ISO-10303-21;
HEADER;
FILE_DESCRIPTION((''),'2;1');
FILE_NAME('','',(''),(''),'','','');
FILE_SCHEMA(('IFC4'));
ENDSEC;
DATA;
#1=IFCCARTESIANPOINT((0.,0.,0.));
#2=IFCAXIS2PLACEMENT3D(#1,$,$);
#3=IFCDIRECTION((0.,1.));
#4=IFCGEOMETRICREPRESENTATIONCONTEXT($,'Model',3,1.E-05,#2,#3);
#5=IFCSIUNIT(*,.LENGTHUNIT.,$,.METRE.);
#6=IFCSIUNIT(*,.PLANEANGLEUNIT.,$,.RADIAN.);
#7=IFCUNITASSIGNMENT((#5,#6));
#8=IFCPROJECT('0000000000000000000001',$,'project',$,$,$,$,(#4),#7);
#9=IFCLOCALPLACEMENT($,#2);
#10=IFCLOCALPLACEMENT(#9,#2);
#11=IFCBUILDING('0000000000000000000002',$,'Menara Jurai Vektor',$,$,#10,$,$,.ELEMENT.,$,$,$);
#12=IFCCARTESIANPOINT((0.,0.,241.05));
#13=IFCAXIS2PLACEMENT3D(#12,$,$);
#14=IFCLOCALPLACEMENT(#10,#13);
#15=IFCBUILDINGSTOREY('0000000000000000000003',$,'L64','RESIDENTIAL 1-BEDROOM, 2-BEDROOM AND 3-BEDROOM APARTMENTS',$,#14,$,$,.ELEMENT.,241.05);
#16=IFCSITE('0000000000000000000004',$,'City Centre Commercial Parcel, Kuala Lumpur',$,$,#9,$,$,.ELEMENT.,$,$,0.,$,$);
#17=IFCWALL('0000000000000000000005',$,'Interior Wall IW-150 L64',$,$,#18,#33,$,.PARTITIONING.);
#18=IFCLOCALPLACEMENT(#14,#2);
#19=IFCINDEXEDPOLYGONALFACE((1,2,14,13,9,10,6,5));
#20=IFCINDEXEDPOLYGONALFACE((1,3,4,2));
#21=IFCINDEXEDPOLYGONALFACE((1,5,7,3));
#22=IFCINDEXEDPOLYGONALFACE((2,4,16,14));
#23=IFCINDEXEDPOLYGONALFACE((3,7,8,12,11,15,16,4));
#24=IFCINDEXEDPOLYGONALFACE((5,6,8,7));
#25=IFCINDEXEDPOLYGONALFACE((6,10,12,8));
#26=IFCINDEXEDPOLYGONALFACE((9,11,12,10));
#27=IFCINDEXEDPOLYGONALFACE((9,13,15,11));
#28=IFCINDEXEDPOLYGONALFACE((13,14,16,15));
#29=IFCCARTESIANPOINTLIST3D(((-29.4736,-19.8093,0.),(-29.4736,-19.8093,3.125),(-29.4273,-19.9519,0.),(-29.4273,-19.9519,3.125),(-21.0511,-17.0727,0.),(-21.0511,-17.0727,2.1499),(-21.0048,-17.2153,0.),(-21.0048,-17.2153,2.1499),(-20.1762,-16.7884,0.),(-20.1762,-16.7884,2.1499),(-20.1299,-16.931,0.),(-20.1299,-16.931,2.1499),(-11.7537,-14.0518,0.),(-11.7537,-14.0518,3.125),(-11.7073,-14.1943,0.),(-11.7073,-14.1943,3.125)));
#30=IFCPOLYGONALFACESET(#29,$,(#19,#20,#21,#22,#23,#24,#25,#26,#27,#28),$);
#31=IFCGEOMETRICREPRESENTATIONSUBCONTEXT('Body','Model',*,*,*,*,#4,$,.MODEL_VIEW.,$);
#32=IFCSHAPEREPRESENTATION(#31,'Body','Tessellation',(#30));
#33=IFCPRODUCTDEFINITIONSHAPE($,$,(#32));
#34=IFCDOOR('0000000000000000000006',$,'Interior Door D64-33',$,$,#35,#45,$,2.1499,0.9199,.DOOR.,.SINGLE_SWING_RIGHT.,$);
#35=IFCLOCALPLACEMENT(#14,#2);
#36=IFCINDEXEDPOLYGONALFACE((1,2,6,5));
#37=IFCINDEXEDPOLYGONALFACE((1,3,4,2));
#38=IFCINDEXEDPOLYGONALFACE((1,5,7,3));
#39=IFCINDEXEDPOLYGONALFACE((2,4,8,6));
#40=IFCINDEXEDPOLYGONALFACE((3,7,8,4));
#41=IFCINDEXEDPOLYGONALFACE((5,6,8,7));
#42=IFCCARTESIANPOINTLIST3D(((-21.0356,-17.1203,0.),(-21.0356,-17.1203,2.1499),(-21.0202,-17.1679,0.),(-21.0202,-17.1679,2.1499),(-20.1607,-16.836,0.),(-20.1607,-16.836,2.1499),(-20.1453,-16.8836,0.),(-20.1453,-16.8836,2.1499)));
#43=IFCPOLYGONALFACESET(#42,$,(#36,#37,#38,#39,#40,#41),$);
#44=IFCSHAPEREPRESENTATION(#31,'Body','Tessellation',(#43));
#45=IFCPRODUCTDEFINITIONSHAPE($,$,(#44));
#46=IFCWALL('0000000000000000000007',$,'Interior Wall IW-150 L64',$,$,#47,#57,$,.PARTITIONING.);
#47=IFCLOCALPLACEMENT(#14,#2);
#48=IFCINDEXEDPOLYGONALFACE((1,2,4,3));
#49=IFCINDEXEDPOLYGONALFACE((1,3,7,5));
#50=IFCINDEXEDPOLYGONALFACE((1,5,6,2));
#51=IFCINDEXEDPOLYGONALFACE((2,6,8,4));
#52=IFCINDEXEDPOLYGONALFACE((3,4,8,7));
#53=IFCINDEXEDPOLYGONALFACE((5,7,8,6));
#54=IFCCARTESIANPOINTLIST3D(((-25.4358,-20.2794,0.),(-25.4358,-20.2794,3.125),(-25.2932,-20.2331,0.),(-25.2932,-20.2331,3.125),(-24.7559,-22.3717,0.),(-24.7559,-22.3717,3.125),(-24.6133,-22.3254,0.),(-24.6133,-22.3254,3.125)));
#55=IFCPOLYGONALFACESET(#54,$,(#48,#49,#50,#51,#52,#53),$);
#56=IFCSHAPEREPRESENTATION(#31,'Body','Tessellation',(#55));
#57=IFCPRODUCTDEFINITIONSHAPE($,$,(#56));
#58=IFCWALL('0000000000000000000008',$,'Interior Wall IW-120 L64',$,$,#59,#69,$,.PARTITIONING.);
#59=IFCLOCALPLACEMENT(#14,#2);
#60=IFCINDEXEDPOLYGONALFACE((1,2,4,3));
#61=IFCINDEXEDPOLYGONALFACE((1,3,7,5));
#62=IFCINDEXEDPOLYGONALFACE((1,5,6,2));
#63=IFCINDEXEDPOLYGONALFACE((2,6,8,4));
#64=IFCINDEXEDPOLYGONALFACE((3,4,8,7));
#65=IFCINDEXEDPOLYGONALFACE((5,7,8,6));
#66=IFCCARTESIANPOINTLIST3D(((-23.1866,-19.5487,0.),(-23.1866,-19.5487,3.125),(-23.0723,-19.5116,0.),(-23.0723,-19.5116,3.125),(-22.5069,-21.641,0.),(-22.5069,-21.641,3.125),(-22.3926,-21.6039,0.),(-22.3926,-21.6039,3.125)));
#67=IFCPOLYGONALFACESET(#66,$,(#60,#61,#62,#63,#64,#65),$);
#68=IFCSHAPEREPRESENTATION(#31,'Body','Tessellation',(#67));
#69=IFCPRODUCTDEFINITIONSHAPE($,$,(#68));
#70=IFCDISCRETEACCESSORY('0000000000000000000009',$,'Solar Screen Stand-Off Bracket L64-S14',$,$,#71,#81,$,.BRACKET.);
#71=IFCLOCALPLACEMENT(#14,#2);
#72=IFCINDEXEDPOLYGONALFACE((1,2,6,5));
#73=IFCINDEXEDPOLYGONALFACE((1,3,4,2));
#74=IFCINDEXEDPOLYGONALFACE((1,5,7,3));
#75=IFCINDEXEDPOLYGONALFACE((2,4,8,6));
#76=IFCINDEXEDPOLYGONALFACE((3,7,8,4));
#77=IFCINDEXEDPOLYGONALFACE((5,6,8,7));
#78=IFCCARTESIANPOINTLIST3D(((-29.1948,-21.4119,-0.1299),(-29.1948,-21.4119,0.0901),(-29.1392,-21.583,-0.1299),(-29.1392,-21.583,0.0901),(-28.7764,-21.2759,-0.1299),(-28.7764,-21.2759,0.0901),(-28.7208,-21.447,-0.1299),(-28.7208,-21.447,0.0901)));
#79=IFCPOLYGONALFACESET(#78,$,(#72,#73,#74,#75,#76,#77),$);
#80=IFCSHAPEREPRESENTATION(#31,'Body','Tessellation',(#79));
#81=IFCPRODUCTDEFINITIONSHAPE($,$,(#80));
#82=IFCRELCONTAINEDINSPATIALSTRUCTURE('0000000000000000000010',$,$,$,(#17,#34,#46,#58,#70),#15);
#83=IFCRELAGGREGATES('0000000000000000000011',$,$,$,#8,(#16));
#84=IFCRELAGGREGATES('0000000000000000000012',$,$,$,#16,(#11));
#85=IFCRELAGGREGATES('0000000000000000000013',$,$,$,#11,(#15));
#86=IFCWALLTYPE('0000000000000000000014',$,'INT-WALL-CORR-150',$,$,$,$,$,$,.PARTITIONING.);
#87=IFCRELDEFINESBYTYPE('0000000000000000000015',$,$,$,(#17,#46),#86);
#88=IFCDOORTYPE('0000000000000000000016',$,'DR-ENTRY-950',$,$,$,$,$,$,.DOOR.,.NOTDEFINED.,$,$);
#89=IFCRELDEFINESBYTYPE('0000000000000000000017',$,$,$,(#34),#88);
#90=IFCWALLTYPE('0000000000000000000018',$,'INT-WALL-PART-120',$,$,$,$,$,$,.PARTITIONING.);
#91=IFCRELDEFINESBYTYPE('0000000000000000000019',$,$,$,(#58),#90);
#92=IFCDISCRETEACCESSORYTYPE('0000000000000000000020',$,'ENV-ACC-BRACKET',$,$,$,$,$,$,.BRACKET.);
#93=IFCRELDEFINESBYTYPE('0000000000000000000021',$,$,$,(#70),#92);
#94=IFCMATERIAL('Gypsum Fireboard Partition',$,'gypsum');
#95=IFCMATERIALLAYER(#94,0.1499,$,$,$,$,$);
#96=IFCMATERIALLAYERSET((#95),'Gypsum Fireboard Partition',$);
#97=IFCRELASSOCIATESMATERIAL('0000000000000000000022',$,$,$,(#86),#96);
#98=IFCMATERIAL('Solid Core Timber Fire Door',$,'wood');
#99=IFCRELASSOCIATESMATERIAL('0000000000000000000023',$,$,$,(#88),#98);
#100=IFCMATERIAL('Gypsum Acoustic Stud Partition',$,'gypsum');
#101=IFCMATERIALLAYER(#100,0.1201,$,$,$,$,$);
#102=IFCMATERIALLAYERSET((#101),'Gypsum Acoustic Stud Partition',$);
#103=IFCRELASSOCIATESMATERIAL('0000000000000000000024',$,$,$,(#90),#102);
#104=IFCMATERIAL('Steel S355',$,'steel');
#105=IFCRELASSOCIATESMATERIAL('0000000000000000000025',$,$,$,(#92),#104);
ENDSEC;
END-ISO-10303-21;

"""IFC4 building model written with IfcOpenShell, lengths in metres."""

from ifc_helpers import new_model, si_unit, direction, frame, frame_2d, origin, origin_2d, place, context, subcontext, project, spatial, rectangle, extrude, material, layer, layer_set, type_object, element, fill, save


model = new_model("IFC4")

# Units and contexts
model_context = context("Model", 3, precision=1e-05, world=origin(), true_north=direction((0.0, 1.0)))
body_context = subcontext(model_context, "Body", "Model", "MODEL_VIEW")
ifc_project = project(units=[si_unit("LENGTHUNIT", "METRE"), si_unit("PLANEANGLEUNIT", "RADIAN")], contexts=[model_context])

# Site, building, storey
site_placement = place(None, origin())
site = spatial("IfcSite", under=ifc_project, at=site_placement, Name="City Centre Commercial Parcel, Kuala Lumpur", CompositionType="ELEMENT", RefElevation=0.0)
building_placement = place(site_placement, origin())
building = spatial("IfcBuilding", under=site, at=building_placement, Name="Menara Jurai Vektor", CompositionType="ELEMENT")
storey_placement = place(building_placement, frame((0.0, 0.0, 241.05)))
storey = spatial("IfcBuildingStorey", under=building, at=storey_placement, Name="L64", Description="RESIDENTIAL 1-BEDROOM, 2-BEDROOM AND 3-BEDROOM APARTMENTS", CompositionType="ELEMENT", Elevation=241.05)

# Shared definitions
ifc_material_1 = material(Name="Steel S355", Category="steel")

# Shared definitions
ifc_material_2 = material(Name="Gypsum Fireboard Partition", Category="gypsum")
ifc_layer_1 = layer(ifc_material_2, 0.1499)
ifc_layer_set_1 = layer_set([ifc_layer_1], Name="Gypsum Fireboard Partition")
wall_type_1 = type_object("IfcWallType", Name="INT-WALL-CORR-150", PredefinedType="PARTITIONING", material=ifc_layer_set_1)

# Wall, opening, door
wall_1_placement = place(storey_placement, frame((-29.4504, -19.8806, 0.0), z_axis=(0.0, 0.0, 1.0), x_axis=(0.951057, 0.309017, 0.0)))
wall_1 = element("IfcWall", 1, at=wall_1_placement, inside=storey, type_object=wall_type_1, Name="Interior Wall IW-150 L64", PredefinedType="PARTITIONING", context=body_context, shape_type="SweptSolid", body=[
    extrude(rectangle(XDim=18.6318, YDim=0.1499, at=frame_2d((9.3159, 0.0))), origin(), (0.0, 0.0, 1.0), 3.125),
])
opening_1_placement = place(wall_1_placement, frame((8.856, 0.0, 0.0)))
opening_1 = element("IfcOpeningElement", 2, at=opening_1_placement, cuts=wall_1, PredefinedType="OPENING", context=body_context, shape_type="SweptSolid", body=[
    extrude(rectangle(XDim=0.9199, YDim=2.1499, at=frame_2d((0.46, 1.075))), frame((0.0, 0.085, 0.0), z_axis=(0.0, -1.0, 0.0), x_axis=(1.0, 0.0, 0.0)), (0.0, 0.0, 1.0), 0.1699),
])
ifc_material_3 = material(Name="Solid Core Timber Fire Door", Category="wood")
door_type_1 = type_object("IfcDoorType", Name="DR-ENTRY-950", OperationType="NOTDEFINED", PredefinedType="DOOR", material=ifc_material_3)
door_1_placement = place(opening_1_placement, origin())
door_1 = element("IfcDoor", 3, at=door_1_placement, inside=storey, type_object=door_type_1, Name="Interior Door D64-33", OperationType="SINGLE_SWING_RIGHT", OverallHeight=2.1499, OverallWidth=0.9199, PredefinedType="DOOR", context=body_context, shape_type="SweptSolid", body=[
    extrude(rectangle(XDim=0.9199, YDim=2.1499, at=frame_2d((0.46, 1.075))), frame((0.0, 0.0249, 0.0), z_axis=(0.0, -1.0, 0.0), x_axis=(1.0, 0.0, 0.0)), (0.0, 0.0, 1.0), 0.05),
])
fill(opening_1, door_1)

# Wall
wall_2_placement = place(storey_placement, frame((-24.6846, -22.3486, 0.0), z_axis=(0.0, 0.0, 1.0), x_axis=(-0.309061, 0.951042, 0.0)))
element("IfcWall", 4, at=wall_2_placement, inside=storey, type_object=wall_type_1, Name="Interior Wall IW-150 L64", PredefinedType="PARTITIONING", context=body_context, shape_type="SweptSolid", body=[
    extrude(rectangle(XDim=2.2, YDim=0.1499, at=frame_2d((1.1001, 0.0))), origin(), (0.0, 0.0, 1.0), 3.125),
])

# Wall
ifc_material_4 = material(Name="Gypsum Acoustic Stud Partition", Category="gypsum")
ifc_layer_2 = layer(ifc_material_4, 0.1201)
ifc_layer_set_2 = layer_set([ifc_layer_2], Name="Gypsum Acoustic Stud Partition")
wall_type_2 = type_object("IfcWallType", Name="INT-WALL-PART-120", PredefinedType="PARTITIONING", material=ifc_layer_set_2)
wall_3_placement = place(storey_placement, frame((-22.4497, -21.6226, 0.0), z_axis=(0.0, 0.0, 1.0), x_axis=(-0.308961, 0.951075, 0.0)))
element("IfcWall", 5, at=wall_3_placement, inside=storey, type_object=wall_type_2, Name="Interior Wall IW-120 L64", PredefinedType="PARTITIONING", context=body_context, shape_type="SweptSolid", body=[
    extrude(rectangle(XDim=2.2, YDim=0.1201, at=frame_2d((1.1001, 0.0))), origin(), (0.0, 0.0, 1.0), 3.125),
])

# Discrete accessory
discrete_accessory_type = type_object("IfcDiscreteAccessoryType", Name="ENV-ACC-BRACKET", PredefinedType="BRACKET", material=ifc_material_1)
discrete_accessory_placement = place(storey_placement, frame((-28.9578, -21.4294, -0.1299), z_axis=(0.0, 0.0, 1.0), x_axis=(0.309017, -0.951057, 0.0)))
element("IfcDiscreteAccessory", 6, at=discrete_accessory_placement, inside=storey, type_object=discrete_accessory_type, Name="Solar Screen Stand-Off Bracket L64-S14", PredefinedType="BRACKET", context=body_context, shape_type="SweptSolid", body=[
    extrude(rectangle(XDim=0.1799, YDim=0.4399, at=origin_2d()), origin(), (0.0, 0.0, 1.0), 0.22),
])

save(model, "model.ifc")
